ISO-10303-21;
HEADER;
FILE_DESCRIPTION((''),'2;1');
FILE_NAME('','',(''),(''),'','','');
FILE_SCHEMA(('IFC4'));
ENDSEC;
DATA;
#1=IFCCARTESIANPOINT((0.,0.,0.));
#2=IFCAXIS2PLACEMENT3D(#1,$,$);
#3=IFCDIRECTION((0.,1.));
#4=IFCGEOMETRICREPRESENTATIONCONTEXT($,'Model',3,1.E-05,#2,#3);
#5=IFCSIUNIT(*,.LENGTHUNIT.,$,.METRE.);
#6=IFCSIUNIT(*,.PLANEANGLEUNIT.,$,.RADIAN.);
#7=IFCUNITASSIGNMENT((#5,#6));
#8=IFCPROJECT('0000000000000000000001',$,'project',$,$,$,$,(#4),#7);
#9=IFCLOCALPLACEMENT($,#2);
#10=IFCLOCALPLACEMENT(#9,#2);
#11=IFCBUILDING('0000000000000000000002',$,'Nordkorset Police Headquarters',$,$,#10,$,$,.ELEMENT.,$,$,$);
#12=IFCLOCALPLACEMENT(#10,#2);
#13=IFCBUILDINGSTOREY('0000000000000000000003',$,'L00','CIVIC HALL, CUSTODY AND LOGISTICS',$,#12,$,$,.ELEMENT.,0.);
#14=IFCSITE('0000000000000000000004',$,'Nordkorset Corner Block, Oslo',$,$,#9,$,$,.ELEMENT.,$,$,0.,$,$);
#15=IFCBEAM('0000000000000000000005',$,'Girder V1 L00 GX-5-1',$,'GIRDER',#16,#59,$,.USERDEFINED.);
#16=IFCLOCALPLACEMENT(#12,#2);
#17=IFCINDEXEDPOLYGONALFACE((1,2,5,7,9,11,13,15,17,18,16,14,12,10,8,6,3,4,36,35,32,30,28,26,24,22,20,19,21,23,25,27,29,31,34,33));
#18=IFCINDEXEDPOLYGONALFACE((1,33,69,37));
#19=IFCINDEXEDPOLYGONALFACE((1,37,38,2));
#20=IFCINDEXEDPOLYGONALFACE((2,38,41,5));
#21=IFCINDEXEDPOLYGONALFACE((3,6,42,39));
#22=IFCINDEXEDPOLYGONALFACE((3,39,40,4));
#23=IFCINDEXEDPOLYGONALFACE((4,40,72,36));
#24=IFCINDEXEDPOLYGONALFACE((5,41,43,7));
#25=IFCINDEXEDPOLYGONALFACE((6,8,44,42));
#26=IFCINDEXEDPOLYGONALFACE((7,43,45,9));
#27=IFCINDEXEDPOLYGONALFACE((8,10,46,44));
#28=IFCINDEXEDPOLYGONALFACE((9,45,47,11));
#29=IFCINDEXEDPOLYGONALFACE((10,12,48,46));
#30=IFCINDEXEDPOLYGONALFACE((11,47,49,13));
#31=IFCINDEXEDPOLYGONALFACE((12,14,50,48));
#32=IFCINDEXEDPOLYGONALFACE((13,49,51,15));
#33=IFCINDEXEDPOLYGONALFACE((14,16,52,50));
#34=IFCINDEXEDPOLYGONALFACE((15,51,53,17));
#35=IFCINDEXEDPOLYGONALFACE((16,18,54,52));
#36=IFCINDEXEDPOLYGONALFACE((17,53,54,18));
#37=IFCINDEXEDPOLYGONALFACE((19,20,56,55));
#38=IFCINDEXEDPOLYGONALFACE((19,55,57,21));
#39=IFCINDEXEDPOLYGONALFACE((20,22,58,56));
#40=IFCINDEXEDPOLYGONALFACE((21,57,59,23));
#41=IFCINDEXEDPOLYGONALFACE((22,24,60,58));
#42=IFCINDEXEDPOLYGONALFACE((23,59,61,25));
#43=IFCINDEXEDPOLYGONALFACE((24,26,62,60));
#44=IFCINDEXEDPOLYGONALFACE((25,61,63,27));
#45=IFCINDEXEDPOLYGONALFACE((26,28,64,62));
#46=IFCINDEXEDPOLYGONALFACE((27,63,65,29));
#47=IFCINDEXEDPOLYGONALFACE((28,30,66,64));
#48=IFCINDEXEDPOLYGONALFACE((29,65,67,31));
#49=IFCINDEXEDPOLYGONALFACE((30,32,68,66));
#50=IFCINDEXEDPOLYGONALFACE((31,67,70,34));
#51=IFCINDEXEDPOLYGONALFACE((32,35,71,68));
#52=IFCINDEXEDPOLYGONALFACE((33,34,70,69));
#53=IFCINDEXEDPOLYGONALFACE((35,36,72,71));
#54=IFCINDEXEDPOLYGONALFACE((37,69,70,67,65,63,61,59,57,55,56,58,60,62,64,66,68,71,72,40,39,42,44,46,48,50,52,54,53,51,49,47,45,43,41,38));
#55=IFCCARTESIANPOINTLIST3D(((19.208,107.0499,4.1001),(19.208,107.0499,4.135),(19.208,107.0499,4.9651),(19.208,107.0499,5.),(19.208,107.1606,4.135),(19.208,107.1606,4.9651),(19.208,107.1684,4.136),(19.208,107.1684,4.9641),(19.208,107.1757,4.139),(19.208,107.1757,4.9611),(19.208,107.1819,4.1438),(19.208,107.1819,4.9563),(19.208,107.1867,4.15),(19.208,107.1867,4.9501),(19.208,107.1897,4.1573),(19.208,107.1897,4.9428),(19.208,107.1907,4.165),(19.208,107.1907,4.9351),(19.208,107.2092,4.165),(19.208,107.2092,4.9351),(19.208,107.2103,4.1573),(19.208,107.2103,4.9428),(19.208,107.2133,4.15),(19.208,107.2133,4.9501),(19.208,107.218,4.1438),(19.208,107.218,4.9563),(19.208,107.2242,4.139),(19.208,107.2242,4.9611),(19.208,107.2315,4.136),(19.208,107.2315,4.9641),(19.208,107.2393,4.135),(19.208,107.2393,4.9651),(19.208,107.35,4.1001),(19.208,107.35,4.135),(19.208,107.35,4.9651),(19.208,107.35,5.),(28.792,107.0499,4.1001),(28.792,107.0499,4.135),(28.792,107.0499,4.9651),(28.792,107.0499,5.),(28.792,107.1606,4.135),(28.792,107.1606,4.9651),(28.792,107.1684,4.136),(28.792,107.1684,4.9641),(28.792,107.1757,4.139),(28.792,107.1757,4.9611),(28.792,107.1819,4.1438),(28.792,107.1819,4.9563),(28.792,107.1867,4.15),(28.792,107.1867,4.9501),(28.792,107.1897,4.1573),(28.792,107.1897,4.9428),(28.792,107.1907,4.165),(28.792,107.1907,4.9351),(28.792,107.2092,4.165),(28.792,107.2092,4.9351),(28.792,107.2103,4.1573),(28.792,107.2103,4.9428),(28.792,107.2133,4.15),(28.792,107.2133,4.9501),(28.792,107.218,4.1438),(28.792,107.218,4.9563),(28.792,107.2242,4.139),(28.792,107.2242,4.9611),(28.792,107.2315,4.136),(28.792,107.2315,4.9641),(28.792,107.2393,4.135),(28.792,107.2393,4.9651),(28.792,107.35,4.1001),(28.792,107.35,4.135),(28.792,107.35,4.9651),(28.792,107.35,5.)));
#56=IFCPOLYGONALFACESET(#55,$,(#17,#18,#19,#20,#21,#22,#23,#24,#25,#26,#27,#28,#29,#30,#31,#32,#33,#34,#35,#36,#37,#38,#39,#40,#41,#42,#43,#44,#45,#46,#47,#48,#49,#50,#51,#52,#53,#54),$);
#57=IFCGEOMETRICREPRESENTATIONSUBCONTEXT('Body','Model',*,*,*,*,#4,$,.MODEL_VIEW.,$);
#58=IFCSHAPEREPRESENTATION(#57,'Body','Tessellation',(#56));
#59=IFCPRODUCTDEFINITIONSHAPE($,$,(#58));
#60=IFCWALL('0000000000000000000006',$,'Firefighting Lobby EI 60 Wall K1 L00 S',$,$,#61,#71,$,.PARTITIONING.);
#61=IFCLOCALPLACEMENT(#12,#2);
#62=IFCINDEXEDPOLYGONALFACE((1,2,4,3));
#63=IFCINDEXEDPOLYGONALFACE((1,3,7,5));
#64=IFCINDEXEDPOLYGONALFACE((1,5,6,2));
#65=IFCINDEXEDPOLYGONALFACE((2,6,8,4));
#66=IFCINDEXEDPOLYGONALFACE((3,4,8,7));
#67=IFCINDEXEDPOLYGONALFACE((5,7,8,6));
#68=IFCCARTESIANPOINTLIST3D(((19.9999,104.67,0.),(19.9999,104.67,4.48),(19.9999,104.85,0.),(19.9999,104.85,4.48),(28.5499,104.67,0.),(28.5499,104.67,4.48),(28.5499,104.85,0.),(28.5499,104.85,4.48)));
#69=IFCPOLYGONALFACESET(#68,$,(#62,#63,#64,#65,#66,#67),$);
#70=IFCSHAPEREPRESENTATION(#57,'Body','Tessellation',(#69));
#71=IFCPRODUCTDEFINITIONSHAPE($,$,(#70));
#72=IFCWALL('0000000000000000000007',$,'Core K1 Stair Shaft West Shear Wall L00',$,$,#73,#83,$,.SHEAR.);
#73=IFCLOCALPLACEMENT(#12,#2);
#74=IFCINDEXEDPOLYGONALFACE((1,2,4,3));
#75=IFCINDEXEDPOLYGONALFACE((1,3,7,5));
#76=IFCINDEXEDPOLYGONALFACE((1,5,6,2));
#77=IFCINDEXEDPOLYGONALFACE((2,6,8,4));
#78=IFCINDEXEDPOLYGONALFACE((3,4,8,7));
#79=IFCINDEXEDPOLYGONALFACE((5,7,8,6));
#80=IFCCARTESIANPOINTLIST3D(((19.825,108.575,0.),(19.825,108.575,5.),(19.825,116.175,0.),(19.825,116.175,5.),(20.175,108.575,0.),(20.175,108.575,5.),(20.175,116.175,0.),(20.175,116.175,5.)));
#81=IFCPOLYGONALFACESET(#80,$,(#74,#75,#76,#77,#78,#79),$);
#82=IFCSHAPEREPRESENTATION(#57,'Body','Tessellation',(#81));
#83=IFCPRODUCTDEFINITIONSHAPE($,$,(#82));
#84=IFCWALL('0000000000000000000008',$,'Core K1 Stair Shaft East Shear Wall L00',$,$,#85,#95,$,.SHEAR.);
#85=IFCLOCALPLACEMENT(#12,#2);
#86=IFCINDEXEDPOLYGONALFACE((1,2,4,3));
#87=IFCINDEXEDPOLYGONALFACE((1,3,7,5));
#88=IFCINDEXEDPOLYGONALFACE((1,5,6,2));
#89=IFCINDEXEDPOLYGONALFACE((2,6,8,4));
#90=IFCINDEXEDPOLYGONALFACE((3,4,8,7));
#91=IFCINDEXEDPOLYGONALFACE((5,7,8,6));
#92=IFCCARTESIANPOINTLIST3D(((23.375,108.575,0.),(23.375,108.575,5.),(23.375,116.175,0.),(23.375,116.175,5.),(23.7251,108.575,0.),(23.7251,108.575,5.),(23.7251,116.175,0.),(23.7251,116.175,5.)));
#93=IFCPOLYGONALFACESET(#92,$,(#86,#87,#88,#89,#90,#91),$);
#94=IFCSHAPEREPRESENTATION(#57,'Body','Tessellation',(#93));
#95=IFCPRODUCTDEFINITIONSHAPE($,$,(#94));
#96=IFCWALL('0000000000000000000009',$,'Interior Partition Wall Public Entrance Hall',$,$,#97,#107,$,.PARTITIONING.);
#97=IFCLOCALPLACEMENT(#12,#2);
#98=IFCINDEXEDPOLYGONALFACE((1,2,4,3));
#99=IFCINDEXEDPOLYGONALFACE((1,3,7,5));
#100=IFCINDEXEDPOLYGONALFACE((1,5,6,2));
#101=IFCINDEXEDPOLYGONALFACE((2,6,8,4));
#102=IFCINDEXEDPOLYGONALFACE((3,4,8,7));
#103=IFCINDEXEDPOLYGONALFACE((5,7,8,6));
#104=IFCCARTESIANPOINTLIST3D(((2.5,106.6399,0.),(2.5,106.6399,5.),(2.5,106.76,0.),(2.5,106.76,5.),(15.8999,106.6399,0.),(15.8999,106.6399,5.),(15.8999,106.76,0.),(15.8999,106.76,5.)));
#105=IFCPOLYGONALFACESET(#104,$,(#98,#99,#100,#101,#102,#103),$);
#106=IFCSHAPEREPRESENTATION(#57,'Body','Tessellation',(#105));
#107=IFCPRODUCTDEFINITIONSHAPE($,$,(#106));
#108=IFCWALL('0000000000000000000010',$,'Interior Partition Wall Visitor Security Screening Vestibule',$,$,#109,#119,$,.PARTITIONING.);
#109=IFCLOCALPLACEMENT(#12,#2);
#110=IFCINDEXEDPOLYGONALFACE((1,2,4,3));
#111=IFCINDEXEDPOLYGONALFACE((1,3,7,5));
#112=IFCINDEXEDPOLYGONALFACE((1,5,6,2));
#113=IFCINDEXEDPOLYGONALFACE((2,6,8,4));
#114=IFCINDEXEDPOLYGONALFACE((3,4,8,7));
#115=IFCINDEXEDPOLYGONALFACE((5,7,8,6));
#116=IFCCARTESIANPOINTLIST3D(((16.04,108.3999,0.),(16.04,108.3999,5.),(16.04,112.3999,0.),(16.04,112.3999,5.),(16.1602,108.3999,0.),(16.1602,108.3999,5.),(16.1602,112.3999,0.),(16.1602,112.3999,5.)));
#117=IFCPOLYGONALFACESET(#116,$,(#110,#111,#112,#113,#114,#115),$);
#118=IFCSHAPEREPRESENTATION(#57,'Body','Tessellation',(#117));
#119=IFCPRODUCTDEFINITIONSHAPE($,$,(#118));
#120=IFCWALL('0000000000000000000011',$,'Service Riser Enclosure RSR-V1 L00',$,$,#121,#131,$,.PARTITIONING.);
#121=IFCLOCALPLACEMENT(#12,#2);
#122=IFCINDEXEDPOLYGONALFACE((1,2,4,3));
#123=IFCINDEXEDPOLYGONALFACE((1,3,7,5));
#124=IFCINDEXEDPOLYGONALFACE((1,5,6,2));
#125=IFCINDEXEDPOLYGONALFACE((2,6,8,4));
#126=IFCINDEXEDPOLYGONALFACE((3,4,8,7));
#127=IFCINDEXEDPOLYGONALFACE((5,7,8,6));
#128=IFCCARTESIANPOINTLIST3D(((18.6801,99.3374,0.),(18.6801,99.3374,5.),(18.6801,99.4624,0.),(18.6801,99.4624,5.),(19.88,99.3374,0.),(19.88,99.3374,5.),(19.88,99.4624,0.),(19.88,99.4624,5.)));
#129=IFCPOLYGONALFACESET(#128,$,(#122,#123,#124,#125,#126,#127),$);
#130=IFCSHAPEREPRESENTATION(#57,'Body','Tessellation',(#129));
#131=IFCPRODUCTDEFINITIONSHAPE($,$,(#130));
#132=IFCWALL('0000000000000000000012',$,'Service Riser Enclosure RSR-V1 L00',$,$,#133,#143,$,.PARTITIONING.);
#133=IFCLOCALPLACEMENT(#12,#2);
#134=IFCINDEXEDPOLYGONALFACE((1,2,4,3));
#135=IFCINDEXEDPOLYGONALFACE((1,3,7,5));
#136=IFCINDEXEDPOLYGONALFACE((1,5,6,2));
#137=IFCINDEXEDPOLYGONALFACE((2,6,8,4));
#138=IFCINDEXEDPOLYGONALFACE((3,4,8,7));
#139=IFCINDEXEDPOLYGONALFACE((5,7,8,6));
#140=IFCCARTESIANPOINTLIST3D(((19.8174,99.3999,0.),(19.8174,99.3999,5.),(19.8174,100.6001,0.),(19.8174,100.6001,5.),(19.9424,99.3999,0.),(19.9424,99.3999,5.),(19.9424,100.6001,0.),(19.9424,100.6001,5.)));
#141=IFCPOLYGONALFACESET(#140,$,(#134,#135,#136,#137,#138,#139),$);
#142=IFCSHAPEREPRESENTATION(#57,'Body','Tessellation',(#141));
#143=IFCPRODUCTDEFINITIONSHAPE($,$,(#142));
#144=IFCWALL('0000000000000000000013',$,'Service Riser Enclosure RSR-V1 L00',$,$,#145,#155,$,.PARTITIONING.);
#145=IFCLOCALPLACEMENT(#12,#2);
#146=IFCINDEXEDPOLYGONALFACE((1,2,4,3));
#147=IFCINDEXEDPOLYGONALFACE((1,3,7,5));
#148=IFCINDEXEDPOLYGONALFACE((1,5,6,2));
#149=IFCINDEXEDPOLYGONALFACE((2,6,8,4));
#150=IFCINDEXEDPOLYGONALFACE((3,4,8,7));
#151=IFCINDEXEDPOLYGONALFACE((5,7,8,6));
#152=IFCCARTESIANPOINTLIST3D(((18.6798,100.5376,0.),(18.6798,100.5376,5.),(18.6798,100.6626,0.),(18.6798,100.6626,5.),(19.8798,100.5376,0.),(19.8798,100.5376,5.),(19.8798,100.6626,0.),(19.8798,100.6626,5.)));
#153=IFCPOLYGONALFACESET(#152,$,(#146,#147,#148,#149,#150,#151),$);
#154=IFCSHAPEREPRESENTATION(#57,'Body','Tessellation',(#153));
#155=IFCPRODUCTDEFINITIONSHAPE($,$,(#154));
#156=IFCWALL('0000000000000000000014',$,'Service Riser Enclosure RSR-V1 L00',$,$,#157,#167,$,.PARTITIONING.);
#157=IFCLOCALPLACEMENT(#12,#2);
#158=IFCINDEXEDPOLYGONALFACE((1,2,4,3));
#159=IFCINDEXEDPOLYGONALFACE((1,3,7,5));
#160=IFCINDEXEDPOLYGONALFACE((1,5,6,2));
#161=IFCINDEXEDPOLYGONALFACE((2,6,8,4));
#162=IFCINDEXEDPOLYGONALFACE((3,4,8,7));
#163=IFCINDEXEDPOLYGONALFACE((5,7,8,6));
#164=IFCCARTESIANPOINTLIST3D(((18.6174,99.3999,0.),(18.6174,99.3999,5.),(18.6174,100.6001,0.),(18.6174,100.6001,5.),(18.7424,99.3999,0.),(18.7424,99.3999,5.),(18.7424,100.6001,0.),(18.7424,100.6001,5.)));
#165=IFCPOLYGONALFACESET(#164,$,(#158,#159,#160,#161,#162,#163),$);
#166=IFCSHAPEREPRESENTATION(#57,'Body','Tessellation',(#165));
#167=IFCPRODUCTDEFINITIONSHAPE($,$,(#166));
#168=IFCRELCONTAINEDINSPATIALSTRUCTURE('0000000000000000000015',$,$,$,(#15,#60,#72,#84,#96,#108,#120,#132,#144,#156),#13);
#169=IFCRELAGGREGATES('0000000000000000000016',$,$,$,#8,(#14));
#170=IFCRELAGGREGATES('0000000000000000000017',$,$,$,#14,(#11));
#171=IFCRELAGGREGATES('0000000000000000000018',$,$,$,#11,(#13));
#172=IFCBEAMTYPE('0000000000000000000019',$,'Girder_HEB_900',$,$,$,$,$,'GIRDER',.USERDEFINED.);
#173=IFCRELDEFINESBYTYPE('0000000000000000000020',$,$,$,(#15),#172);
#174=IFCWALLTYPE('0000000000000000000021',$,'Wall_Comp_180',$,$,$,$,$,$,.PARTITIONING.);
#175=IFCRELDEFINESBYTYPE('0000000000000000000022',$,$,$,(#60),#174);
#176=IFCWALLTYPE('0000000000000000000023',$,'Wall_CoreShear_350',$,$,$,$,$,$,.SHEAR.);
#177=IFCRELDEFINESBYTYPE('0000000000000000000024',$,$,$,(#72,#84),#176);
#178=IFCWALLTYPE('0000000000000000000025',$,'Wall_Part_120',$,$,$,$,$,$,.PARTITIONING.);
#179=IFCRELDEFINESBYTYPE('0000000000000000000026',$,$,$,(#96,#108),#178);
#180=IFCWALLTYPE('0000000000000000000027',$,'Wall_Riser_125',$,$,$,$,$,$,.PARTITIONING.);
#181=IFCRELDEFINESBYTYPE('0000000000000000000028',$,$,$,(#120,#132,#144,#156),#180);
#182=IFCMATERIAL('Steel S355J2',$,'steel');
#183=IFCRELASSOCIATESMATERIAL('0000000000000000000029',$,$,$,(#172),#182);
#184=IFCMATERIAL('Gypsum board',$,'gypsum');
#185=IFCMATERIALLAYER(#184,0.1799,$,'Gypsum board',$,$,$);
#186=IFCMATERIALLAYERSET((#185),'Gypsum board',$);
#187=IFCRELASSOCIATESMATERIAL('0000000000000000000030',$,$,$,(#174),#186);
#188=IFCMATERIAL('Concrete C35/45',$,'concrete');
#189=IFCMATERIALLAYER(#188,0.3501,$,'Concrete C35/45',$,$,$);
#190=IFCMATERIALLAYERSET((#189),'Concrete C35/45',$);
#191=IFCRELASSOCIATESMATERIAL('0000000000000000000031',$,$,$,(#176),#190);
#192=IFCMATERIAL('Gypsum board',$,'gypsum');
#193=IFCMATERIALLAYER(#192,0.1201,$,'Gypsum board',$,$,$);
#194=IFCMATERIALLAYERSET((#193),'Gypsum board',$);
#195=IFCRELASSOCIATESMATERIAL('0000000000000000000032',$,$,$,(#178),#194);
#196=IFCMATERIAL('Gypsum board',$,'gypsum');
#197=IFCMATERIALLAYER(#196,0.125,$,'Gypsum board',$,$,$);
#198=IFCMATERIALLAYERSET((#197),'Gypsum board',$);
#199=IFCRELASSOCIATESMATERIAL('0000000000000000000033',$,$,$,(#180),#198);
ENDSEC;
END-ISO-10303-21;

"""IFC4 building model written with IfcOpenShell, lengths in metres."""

from ifc_helpers import new_model, si_unit, direction, frame, frame_2d, origin, origin_2d, place, context, subcontext, project, spatial, rectangle, i_section, extrude, material, layer, layer_set, material_profile, profile_set, type_object, element, save


model = new_model("IFC4")

# Units and contexts
model_context = context("Model", 3, precision=1e-05, world=origin(), true_north=direction((0.0, 1.0)))
body_context = subcontext(model_context, "Body", "Model", "MODEL_VIEW")
ifc_project = project(units=[si_unit("LENGTHUNIT", "METRE"), si_unit("PLANEANGLEUNIT", "RADIAN")], contexts=[model_context])

# Site, building, storey
site_placement = place(None, origin())
site = spatial("IfcSite", under=ifc_project, at=site_placement, Name="Nordkorset Corner Block, Oslo", CompositionType="ELEMENT", RefElevation=0.0)
building_placement = place(site_placement, origin())
building = spatial("IfcBuilding", under=site, at=building_placement, Name="Nordkorset Police Headquarters", CompositionType="ELEMENT")
storey_placement = place(building_placement, origin())
storey = spatial("IfcBuildingStorey", under=building, at=storey_placement, Name="L00", Description="CIVIC HALL, CUSTODY AND LOGISTICS", CompositionType="ELEMENT", Elevation=0.0)

# Beam
ifc_material_1 = material(Name="Steel S355J2", Category="steel")
ifc_material_profile_1 = material_profile(ifc_material_1, i_section(OverallWidth=0.3, OverallDepth=0.8999, WebThickness=0.0186, FlangeThickness=0.0349, FilletRadius=0.03, at=origin_2d()), Name="HEB 900")
ifc_profile_set_1 = profile_set([ifc_material_profile_1], Name="Steel S355J2")
beam_type_1 = type_object("IfcBeamType", Name="Girder_HEB_900", ElementType="GIRDER", PredefinedType="USERDEFINED", material=ifc_profile_set_1)
for number, where, z_axis, x_axis, name in (
    (1, (19.208, 107.2, 4.55), (1.0, 0.0, 0.0), (0.0, 1.0, 0.0), "Girder V1 L00 GX-5-1"),
):
    element("IfcBeam", number, at=place(storey_placement, frame(where, z_axis=z_axis, x_axis=x_axis)), inside=storey, type_object=beam_type_1, Name=name, ObjectType="GIRDER", PredefinedType="USERDEFINED", context=body_context, shape_type="SweptSolid", body=[
        extrude(i_section(OverallWidth=0.3, OverallDepth=0.8999, WebThickness=0.0186, FlangeThickness=0.0349, FilletRadius=0.03, at=origin_2d()), origin(), (0.0, 0.0, 1.0), 9.584),
    ])

# Wall
ifc_material_2 = material(Name="Gypsum board", Category="gypsum")
ifc_layer_1 = layer(ifc_material_2, 0.1799, Name="Gypsum board")
ifc_layer_set_1 = layer_set([ifc_layer_1], Name="Gypsum board")
wall_type_1 = type_object("IfcWallType", Name="Wall_Comp_180", PredefinedType="PARTITIONING", material=ifc_layer_set_1)
wall_1_placement = place(storey_placement, frame((20.0, 104.76, 0.0), z_axis=(0.0, 0.0, 1.0), x_axis=(1.0, 0.0, 0.0)))
element("IfcWall", 2, at=wall_1_placement, inside=storey, type_object=wall_type_1, Name="Firefighting Lobby EI 60 Wall K1 L00 S", PredefinedType="PARTITIONING", context=body_context, shape_type="SweptSolid", body=[
    extrude(rectangle(XDim=8.55, YDim=0.1799, at=frame_2d((4.2749, 0.0))), origin(), (0.0, 0.0, 1.0), 4.48),
])

# Shared definitions
ifc_material_3 = material(Name="Concrete C35/45", Category="concrete")
ifc_layer_2 = layer(ifc_material_3, 0.3501, Name="Concrete C35/45")
ifc_layer_set_2 = layer_set([ifc_layer_2], Name="Concrete C35/45")
wall_type_2 = type_object("IfcWallType", Name="Wall_CoreShear_350", PredefinedType="SHEAR", material=ifc_layer_set_2)

# Walls
for number, where, z_axis, x_axis, name in (
    (3, (20.0, 108.575, 0.0), (0.0, 0.0, 1.0), (0.0, 1.0, 0.0), "Core K1 Stair Shaft West Shear Wall L00"),
    (4, (23.55, 108.575, 0.0), (0.0, 0.0, 1.0), (0.0, 1.0, 0.0), "Core K1 Stair Shaft East Shear Wall L00"),
):
    element("IfcWall", number, at=place(storey_placement, frame(where, z_axis=z_axis, x_axis=x_axis)), inside=storey, type_object=wall_type_2, Name=name, PredefinedType="SHEAR", context=body_context, shape_type="SweptSolid", body=[
        extrude(rectangle(XDim=7.6001, YDim=0.3501, at=frame_2d((3.8, 0.0))), origin(), (0.0, 0.0, 1.0), 5.0),
    ])
ifc_material_4 = material(Name="Gypsum board", Category="gypsum")
ifc_layer_3 = layer(ifc_material_4, 0.1201, Name="Gypsum board")
ifc_layer_set_3 = layer_set([ifc_layer_3], Name="Gypsum board")
wall_type_3 = type_object("IfcWallType", Name="Wall_Part_120", PredefinedType="PARTITIONING", material=ifc_layer_set_3)
wall_2_placement = place(storey_placement, frame((15.8999, 106.7, 0.0), z_axis=(0.0, 0.0, 1.0), x_axis=(-1.0, 0.0, 0.0)))
element("IfcWall", 5, at=wall_2_placement, inside=storey, type_object=wall_type_3, Name="Interior Partition Wall Public Entrance Hall", PredefinedType="PARTITIONING", context=body_context, shape_type="SweptSolid", body=[
    extrude(rectangle(XDim=13.3999, YDim=0.1201, at=frame_2d((6.7, 0.0))), origin(), (0.0, 0.0, 1.0), 5.0),
])
wall_3_placement = place(storey_placement, frame((16.1001, 108.3999, 0.0), z_axis=(0.0, 0.0, 1.0), x_axis=(0.0, 1.0, 0.0)))
element("IfcWall", 6, at=wall_3_placement, inside=storey, type_object=wall_type_3, Name="Interior Partition Wall Visitor Security Screening Vestibule", PredefinedType="PARTITIONING", context=body_context, shape_type="SweptSolid", body=[
    extrude(rectangle(XDim=4.0, YDim=0.1201, at=frame_2d((2.0, 0.0))), origin(), (0.0, 0.0, 1.0), 5.0),
])
ifc_material_5 = material(Name="Gypsum board", Category="gypsum")
ifc_layer_4 = layer(ifc_material_5, 0.125, Name="Gypsum board")
ifc_layer_set_4 = layer_set([ifc_layer_4], Name="Gypsum board")
wall_type_4 = type_object("IfcWallType", Name="Wall_Riser_125", PredefinedType="PARTITIONING", material=ifc_layer_set_4)
wall_4_placement = place(storey_placement, frame((18.6799, 99.3999, 0.0), z_axis=(0.0, 0.0, 1.0), x_axis=(1.0, 0.0, 0.0)))
element("IfcWall", 7, at=wall_4_placement, inside=storey, type_object=wall_type_4, Name="Service Riser Enclosure RSR-V1 L00", PredefinedType="PARTITIONING", context=body_context, shape_type="SweptSolid", body=[
    extrude(rectangle(XDim=1.2, YDim=0.125, at=frame_2d((0.6001, 0.0))), origin(), (0.0, 0.0, 1.0), 5.0),
])
wall_5_placement = place(storey_placement, frame((19.8799, 99.3999, 0.0), z_axis=(0.0, 0.0, 1.0), x_axis=(0.0, 1.0, 0.0)))
element("IfcWall", 8, at=wall_5_placement, inside=storey, type_object=wall_type_4, Name="Service Riser Enclosure RSR-V1 L00", PredefinedType="PARTITIONING", context=body_context, shape_type="SweptSolid", body=[
    extrude(rectangle(XDim=1.2002, YDim=0.125, at=frame_2d((0.6001, 0.0))), origin(), (0.0, 0.0, 1.0), 5.0),
])
wall_6_placement = place(storey_placement, frame((19.8799, 100.6001, 0.0), z_axis=(0.0, 0.0, 1.0), x_axis=(-1.0, 0.0, 0.0)))
element("IfcWall", 9, at=wall_6_placement, inside=storey, type_object=wall_type_4, Name="Service Riser Enclosure RSR-V1 L00", PredefinedType="PARTITIONING", context=body_context, shape_type="SweptSolid", body=[
    extrude(rectangle(XDim=1.2, YDim=0.125, at=frame_2d((0.6001, 0.0))), origin(), (0.0, 0.0, 1.0), 5.0),
])
wall_7_placement = place(storey_placement, frame((18.6799, 100.6001, 0.0), z_axis=(0.0, 0.0, 1.0), x_axis=(0.0, -1.0, 0.0)))
element("IfcWall", 10, at=wall_7_placement, inside=storey, type_object=wall_type_4, Name="Service Riser Enclosure RSR-V1 L00", PredefinedType="PARTITIONING", context=body_context, shape_type="SweptSolid", body=[
    extrude(rectangle(XDim=1.2002, YDim=0.125, at=frame_2d((0.6001, 0.0))), origin(), (0.0, 0.0, 1.0), 5.0),
])

save(model, "model.ifc")
